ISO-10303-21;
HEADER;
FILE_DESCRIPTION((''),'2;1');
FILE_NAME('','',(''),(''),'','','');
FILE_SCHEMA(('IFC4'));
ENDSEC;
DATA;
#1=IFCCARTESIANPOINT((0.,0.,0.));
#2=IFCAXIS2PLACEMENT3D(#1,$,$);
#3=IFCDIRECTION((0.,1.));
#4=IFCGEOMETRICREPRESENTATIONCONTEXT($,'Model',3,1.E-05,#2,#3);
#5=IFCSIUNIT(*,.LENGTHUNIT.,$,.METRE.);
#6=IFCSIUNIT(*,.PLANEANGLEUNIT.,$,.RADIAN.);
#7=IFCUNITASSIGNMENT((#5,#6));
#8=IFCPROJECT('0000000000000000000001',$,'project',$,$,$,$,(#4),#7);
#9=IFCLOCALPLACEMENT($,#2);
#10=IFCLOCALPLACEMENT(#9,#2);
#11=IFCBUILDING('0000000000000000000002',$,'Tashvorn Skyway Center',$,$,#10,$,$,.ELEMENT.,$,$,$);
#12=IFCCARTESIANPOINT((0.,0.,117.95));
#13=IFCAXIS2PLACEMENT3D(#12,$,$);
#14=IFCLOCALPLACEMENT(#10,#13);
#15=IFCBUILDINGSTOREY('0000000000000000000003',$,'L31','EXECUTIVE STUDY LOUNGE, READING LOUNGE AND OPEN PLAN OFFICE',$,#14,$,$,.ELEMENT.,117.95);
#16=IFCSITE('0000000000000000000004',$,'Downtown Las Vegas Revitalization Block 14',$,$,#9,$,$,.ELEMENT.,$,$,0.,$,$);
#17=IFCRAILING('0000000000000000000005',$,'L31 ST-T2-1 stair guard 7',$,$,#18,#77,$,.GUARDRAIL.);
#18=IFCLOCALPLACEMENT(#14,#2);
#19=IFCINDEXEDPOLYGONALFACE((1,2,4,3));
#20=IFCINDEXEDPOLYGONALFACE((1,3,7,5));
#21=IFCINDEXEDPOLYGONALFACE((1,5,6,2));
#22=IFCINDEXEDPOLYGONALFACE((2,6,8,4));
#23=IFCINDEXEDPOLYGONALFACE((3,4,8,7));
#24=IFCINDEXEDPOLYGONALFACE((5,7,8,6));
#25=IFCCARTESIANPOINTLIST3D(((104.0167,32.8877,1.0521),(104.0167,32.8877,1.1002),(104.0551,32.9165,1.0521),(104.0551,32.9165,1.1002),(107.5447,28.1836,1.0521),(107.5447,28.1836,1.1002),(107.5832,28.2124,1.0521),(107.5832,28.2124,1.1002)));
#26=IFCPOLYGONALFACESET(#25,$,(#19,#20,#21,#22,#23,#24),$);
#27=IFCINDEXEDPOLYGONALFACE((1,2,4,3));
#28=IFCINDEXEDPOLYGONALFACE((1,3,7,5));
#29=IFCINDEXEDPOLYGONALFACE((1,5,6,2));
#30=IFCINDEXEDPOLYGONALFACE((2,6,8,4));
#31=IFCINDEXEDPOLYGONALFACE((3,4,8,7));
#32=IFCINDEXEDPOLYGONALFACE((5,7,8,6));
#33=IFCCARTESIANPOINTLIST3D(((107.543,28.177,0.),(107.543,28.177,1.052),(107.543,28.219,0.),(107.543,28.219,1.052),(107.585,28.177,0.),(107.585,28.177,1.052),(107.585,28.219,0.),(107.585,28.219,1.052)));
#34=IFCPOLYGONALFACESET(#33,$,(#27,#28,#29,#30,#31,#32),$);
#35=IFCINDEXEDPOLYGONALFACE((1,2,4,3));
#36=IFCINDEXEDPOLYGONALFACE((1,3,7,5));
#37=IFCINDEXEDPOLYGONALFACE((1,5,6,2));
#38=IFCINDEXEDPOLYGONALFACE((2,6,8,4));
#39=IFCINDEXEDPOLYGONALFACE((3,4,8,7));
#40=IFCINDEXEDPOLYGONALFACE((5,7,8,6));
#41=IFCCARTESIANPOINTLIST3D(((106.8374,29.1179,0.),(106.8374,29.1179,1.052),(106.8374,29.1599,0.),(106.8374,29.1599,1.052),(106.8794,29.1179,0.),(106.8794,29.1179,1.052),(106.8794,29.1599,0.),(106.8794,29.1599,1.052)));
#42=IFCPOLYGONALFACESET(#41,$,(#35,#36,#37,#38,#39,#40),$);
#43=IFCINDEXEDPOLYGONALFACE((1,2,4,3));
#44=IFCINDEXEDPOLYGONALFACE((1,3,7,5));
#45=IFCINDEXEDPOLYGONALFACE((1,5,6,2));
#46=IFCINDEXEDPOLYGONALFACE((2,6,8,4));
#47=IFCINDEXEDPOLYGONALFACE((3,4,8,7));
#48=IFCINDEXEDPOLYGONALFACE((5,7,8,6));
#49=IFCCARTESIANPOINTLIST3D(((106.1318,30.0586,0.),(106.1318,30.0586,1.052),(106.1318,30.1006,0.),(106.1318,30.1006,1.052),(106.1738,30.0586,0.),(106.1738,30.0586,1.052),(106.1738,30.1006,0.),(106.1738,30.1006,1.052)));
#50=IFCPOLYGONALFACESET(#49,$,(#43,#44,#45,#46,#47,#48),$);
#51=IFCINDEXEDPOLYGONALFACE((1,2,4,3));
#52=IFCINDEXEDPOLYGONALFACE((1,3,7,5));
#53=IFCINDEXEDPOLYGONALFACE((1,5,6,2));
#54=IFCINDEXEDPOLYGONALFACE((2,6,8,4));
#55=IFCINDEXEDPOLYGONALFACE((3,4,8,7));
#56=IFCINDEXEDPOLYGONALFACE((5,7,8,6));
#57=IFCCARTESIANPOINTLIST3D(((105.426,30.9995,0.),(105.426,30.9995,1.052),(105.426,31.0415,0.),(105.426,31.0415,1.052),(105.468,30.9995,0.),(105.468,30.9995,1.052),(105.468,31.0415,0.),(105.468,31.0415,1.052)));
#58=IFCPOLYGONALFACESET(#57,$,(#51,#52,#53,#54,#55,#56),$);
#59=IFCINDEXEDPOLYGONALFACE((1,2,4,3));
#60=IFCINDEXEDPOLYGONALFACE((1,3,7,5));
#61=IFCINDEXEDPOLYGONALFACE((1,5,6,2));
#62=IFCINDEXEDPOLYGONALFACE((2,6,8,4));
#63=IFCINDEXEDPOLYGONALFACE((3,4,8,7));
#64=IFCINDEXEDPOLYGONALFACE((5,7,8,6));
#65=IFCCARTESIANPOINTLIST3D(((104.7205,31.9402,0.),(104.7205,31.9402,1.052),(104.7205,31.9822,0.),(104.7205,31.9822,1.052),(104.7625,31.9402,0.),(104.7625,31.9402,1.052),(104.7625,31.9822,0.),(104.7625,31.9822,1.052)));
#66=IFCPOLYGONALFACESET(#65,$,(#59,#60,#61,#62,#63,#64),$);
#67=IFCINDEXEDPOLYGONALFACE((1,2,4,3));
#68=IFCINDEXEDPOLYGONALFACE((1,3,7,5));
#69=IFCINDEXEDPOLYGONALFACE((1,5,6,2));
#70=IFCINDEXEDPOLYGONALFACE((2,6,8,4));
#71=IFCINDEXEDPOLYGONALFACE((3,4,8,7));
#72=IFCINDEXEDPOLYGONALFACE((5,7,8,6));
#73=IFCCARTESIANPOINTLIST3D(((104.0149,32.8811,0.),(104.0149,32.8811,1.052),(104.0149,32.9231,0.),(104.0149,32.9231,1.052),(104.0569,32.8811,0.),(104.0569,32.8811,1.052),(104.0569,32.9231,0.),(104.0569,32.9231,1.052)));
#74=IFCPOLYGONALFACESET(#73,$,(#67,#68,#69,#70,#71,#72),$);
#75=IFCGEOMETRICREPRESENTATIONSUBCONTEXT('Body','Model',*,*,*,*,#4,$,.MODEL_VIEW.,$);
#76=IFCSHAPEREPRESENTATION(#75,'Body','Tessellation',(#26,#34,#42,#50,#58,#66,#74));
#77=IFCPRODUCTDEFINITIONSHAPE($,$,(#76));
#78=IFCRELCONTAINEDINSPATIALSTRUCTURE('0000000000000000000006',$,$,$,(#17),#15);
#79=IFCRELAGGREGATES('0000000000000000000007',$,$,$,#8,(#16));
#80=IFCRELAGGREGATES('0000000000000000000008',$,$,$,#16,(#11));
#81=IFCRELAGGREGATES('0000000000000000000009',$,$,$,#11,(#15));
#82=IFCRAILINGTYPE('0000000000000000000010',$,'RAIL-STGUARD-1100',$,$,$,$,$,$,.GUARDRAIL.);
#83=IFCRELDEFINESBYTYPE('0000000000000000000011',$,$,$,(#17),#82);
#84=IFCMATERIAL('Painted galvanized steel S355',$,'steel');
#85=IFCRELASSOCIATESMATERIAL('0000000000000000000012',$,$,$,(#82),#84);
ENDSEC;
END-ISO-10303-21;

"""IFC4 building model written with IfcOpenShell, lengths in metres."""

from ifc_helpers import new_model, si_unit, direction, frame, origin, origin_2d, place, context, subcontext, project, spatial, rectangle, extrude, material, type_object, element, save


model = new_model("IFC4")

# Units and contexts
model_context = context("Model", 3, precision=1e-05, world=origin(), true_north=direction((0.0, 1.0)))
body_context = subcontext(model_context, "Body", "Model", "MODEL_VIEW")
ifc_project = project(units=[si_unit("LENGTHUNIT", "METRE"), si_unit("PLANEANGLEUNIT", "RADIAN")], contexts=[model_context])

# Site, building, storey
site_placement = place(None, origin())
site = spatial("IfcSite", under=ifc_project, at=site_placement, Name="Downtown Las Vegas Revitalization Block 14", CompositionType="ELEMENT", RefElevation=0.0)
building_placement = place(site_placement, origin())
building = spatial("IfcBuilding", under=site, at=building_placement, Name="Tashvorn Skyway Center", CompositionType="ELEMENT")
storey_placement = place(building_placement, frame((0.0, 0.0, 117.95)))
storey = spatial("IfcBuildingStorey", under=building, at=storey_placement, Name="L31", Description="EXECUTIVE STUDY LOUNGE, READING LOUNGE AND OPEN PLAN OFFICE", CompositionType="ELEMENT", Elevation=117.95)

# Railing
ifc_material_1 = material(Name="Painted galvanized steel S355", Category="steel")
railing_type = type_object("IfcRailingType", Name="RAIL-STGUARD-1100", PredefinedType="GUARDRAIL", material=ifc_material_1)
railing_1_placement = place(storey_placement, frame((107.564, 28.198, 0.0)))
element("IfcRailing", 1, at=railing_1_placement, inside=storey, type_object=railing_type, Name="L31 ST-T2-1 stair guard 7", PredefinedType="GUARDRAIL", context=body_context, shape_type="SweptSolid", body=[
    extrude(rectangle(XDim=0.0481, YDim=0.0481, at=origin_2d()), frame((0.0, 0.0, 1.0762), z_axis=(-0.6, 0.8, 0.0), x_axis=(-0.8, -0.6, 0.0)), (0.0, 0.0, 1.0), 5.8801),
    extrude(rectangle(XDim=0.042, YDim=0.042, at=origin_2d()), origin(), (0.0, 0.0, 1.0), 1.052),
    extrude(rectangle(XDim=0.042, YDim=0.042, at=origin_2d()), frame((-0.7056, 0.9409, 0.0)), (0.0, 0.0, 1.0), 1.052),
    extrude(rectangle(XDim=0.042, YDim=0.042, at=origin_2d()), frame((-1.4111, 1.8816, 0.0)), (0.0, 0.0, 1.0), 1.052),
    extrude(rectangle(XDim=0.042, YDim=0.042, at=origin_2d()), frame((-2.1169, 2.8225, 0.0)), (0.0, 0.0, 1.0), 1.052),
    extrude(rectangle(XDim=0.042, YDim=0.042, at=origin_2d()), frame((-2.8225, 3.7632, 0.0)), (0.0, 0.0, 1.0), 1.052),
    extrude(rectangle(XDim=0.042, YDim=0.042, at=origin_2d()), frame((-3.5281, 4.7041, 0.0)), (0.0, 0.0, 1.0), 1.052),
])

save(model, "model.ifc")
